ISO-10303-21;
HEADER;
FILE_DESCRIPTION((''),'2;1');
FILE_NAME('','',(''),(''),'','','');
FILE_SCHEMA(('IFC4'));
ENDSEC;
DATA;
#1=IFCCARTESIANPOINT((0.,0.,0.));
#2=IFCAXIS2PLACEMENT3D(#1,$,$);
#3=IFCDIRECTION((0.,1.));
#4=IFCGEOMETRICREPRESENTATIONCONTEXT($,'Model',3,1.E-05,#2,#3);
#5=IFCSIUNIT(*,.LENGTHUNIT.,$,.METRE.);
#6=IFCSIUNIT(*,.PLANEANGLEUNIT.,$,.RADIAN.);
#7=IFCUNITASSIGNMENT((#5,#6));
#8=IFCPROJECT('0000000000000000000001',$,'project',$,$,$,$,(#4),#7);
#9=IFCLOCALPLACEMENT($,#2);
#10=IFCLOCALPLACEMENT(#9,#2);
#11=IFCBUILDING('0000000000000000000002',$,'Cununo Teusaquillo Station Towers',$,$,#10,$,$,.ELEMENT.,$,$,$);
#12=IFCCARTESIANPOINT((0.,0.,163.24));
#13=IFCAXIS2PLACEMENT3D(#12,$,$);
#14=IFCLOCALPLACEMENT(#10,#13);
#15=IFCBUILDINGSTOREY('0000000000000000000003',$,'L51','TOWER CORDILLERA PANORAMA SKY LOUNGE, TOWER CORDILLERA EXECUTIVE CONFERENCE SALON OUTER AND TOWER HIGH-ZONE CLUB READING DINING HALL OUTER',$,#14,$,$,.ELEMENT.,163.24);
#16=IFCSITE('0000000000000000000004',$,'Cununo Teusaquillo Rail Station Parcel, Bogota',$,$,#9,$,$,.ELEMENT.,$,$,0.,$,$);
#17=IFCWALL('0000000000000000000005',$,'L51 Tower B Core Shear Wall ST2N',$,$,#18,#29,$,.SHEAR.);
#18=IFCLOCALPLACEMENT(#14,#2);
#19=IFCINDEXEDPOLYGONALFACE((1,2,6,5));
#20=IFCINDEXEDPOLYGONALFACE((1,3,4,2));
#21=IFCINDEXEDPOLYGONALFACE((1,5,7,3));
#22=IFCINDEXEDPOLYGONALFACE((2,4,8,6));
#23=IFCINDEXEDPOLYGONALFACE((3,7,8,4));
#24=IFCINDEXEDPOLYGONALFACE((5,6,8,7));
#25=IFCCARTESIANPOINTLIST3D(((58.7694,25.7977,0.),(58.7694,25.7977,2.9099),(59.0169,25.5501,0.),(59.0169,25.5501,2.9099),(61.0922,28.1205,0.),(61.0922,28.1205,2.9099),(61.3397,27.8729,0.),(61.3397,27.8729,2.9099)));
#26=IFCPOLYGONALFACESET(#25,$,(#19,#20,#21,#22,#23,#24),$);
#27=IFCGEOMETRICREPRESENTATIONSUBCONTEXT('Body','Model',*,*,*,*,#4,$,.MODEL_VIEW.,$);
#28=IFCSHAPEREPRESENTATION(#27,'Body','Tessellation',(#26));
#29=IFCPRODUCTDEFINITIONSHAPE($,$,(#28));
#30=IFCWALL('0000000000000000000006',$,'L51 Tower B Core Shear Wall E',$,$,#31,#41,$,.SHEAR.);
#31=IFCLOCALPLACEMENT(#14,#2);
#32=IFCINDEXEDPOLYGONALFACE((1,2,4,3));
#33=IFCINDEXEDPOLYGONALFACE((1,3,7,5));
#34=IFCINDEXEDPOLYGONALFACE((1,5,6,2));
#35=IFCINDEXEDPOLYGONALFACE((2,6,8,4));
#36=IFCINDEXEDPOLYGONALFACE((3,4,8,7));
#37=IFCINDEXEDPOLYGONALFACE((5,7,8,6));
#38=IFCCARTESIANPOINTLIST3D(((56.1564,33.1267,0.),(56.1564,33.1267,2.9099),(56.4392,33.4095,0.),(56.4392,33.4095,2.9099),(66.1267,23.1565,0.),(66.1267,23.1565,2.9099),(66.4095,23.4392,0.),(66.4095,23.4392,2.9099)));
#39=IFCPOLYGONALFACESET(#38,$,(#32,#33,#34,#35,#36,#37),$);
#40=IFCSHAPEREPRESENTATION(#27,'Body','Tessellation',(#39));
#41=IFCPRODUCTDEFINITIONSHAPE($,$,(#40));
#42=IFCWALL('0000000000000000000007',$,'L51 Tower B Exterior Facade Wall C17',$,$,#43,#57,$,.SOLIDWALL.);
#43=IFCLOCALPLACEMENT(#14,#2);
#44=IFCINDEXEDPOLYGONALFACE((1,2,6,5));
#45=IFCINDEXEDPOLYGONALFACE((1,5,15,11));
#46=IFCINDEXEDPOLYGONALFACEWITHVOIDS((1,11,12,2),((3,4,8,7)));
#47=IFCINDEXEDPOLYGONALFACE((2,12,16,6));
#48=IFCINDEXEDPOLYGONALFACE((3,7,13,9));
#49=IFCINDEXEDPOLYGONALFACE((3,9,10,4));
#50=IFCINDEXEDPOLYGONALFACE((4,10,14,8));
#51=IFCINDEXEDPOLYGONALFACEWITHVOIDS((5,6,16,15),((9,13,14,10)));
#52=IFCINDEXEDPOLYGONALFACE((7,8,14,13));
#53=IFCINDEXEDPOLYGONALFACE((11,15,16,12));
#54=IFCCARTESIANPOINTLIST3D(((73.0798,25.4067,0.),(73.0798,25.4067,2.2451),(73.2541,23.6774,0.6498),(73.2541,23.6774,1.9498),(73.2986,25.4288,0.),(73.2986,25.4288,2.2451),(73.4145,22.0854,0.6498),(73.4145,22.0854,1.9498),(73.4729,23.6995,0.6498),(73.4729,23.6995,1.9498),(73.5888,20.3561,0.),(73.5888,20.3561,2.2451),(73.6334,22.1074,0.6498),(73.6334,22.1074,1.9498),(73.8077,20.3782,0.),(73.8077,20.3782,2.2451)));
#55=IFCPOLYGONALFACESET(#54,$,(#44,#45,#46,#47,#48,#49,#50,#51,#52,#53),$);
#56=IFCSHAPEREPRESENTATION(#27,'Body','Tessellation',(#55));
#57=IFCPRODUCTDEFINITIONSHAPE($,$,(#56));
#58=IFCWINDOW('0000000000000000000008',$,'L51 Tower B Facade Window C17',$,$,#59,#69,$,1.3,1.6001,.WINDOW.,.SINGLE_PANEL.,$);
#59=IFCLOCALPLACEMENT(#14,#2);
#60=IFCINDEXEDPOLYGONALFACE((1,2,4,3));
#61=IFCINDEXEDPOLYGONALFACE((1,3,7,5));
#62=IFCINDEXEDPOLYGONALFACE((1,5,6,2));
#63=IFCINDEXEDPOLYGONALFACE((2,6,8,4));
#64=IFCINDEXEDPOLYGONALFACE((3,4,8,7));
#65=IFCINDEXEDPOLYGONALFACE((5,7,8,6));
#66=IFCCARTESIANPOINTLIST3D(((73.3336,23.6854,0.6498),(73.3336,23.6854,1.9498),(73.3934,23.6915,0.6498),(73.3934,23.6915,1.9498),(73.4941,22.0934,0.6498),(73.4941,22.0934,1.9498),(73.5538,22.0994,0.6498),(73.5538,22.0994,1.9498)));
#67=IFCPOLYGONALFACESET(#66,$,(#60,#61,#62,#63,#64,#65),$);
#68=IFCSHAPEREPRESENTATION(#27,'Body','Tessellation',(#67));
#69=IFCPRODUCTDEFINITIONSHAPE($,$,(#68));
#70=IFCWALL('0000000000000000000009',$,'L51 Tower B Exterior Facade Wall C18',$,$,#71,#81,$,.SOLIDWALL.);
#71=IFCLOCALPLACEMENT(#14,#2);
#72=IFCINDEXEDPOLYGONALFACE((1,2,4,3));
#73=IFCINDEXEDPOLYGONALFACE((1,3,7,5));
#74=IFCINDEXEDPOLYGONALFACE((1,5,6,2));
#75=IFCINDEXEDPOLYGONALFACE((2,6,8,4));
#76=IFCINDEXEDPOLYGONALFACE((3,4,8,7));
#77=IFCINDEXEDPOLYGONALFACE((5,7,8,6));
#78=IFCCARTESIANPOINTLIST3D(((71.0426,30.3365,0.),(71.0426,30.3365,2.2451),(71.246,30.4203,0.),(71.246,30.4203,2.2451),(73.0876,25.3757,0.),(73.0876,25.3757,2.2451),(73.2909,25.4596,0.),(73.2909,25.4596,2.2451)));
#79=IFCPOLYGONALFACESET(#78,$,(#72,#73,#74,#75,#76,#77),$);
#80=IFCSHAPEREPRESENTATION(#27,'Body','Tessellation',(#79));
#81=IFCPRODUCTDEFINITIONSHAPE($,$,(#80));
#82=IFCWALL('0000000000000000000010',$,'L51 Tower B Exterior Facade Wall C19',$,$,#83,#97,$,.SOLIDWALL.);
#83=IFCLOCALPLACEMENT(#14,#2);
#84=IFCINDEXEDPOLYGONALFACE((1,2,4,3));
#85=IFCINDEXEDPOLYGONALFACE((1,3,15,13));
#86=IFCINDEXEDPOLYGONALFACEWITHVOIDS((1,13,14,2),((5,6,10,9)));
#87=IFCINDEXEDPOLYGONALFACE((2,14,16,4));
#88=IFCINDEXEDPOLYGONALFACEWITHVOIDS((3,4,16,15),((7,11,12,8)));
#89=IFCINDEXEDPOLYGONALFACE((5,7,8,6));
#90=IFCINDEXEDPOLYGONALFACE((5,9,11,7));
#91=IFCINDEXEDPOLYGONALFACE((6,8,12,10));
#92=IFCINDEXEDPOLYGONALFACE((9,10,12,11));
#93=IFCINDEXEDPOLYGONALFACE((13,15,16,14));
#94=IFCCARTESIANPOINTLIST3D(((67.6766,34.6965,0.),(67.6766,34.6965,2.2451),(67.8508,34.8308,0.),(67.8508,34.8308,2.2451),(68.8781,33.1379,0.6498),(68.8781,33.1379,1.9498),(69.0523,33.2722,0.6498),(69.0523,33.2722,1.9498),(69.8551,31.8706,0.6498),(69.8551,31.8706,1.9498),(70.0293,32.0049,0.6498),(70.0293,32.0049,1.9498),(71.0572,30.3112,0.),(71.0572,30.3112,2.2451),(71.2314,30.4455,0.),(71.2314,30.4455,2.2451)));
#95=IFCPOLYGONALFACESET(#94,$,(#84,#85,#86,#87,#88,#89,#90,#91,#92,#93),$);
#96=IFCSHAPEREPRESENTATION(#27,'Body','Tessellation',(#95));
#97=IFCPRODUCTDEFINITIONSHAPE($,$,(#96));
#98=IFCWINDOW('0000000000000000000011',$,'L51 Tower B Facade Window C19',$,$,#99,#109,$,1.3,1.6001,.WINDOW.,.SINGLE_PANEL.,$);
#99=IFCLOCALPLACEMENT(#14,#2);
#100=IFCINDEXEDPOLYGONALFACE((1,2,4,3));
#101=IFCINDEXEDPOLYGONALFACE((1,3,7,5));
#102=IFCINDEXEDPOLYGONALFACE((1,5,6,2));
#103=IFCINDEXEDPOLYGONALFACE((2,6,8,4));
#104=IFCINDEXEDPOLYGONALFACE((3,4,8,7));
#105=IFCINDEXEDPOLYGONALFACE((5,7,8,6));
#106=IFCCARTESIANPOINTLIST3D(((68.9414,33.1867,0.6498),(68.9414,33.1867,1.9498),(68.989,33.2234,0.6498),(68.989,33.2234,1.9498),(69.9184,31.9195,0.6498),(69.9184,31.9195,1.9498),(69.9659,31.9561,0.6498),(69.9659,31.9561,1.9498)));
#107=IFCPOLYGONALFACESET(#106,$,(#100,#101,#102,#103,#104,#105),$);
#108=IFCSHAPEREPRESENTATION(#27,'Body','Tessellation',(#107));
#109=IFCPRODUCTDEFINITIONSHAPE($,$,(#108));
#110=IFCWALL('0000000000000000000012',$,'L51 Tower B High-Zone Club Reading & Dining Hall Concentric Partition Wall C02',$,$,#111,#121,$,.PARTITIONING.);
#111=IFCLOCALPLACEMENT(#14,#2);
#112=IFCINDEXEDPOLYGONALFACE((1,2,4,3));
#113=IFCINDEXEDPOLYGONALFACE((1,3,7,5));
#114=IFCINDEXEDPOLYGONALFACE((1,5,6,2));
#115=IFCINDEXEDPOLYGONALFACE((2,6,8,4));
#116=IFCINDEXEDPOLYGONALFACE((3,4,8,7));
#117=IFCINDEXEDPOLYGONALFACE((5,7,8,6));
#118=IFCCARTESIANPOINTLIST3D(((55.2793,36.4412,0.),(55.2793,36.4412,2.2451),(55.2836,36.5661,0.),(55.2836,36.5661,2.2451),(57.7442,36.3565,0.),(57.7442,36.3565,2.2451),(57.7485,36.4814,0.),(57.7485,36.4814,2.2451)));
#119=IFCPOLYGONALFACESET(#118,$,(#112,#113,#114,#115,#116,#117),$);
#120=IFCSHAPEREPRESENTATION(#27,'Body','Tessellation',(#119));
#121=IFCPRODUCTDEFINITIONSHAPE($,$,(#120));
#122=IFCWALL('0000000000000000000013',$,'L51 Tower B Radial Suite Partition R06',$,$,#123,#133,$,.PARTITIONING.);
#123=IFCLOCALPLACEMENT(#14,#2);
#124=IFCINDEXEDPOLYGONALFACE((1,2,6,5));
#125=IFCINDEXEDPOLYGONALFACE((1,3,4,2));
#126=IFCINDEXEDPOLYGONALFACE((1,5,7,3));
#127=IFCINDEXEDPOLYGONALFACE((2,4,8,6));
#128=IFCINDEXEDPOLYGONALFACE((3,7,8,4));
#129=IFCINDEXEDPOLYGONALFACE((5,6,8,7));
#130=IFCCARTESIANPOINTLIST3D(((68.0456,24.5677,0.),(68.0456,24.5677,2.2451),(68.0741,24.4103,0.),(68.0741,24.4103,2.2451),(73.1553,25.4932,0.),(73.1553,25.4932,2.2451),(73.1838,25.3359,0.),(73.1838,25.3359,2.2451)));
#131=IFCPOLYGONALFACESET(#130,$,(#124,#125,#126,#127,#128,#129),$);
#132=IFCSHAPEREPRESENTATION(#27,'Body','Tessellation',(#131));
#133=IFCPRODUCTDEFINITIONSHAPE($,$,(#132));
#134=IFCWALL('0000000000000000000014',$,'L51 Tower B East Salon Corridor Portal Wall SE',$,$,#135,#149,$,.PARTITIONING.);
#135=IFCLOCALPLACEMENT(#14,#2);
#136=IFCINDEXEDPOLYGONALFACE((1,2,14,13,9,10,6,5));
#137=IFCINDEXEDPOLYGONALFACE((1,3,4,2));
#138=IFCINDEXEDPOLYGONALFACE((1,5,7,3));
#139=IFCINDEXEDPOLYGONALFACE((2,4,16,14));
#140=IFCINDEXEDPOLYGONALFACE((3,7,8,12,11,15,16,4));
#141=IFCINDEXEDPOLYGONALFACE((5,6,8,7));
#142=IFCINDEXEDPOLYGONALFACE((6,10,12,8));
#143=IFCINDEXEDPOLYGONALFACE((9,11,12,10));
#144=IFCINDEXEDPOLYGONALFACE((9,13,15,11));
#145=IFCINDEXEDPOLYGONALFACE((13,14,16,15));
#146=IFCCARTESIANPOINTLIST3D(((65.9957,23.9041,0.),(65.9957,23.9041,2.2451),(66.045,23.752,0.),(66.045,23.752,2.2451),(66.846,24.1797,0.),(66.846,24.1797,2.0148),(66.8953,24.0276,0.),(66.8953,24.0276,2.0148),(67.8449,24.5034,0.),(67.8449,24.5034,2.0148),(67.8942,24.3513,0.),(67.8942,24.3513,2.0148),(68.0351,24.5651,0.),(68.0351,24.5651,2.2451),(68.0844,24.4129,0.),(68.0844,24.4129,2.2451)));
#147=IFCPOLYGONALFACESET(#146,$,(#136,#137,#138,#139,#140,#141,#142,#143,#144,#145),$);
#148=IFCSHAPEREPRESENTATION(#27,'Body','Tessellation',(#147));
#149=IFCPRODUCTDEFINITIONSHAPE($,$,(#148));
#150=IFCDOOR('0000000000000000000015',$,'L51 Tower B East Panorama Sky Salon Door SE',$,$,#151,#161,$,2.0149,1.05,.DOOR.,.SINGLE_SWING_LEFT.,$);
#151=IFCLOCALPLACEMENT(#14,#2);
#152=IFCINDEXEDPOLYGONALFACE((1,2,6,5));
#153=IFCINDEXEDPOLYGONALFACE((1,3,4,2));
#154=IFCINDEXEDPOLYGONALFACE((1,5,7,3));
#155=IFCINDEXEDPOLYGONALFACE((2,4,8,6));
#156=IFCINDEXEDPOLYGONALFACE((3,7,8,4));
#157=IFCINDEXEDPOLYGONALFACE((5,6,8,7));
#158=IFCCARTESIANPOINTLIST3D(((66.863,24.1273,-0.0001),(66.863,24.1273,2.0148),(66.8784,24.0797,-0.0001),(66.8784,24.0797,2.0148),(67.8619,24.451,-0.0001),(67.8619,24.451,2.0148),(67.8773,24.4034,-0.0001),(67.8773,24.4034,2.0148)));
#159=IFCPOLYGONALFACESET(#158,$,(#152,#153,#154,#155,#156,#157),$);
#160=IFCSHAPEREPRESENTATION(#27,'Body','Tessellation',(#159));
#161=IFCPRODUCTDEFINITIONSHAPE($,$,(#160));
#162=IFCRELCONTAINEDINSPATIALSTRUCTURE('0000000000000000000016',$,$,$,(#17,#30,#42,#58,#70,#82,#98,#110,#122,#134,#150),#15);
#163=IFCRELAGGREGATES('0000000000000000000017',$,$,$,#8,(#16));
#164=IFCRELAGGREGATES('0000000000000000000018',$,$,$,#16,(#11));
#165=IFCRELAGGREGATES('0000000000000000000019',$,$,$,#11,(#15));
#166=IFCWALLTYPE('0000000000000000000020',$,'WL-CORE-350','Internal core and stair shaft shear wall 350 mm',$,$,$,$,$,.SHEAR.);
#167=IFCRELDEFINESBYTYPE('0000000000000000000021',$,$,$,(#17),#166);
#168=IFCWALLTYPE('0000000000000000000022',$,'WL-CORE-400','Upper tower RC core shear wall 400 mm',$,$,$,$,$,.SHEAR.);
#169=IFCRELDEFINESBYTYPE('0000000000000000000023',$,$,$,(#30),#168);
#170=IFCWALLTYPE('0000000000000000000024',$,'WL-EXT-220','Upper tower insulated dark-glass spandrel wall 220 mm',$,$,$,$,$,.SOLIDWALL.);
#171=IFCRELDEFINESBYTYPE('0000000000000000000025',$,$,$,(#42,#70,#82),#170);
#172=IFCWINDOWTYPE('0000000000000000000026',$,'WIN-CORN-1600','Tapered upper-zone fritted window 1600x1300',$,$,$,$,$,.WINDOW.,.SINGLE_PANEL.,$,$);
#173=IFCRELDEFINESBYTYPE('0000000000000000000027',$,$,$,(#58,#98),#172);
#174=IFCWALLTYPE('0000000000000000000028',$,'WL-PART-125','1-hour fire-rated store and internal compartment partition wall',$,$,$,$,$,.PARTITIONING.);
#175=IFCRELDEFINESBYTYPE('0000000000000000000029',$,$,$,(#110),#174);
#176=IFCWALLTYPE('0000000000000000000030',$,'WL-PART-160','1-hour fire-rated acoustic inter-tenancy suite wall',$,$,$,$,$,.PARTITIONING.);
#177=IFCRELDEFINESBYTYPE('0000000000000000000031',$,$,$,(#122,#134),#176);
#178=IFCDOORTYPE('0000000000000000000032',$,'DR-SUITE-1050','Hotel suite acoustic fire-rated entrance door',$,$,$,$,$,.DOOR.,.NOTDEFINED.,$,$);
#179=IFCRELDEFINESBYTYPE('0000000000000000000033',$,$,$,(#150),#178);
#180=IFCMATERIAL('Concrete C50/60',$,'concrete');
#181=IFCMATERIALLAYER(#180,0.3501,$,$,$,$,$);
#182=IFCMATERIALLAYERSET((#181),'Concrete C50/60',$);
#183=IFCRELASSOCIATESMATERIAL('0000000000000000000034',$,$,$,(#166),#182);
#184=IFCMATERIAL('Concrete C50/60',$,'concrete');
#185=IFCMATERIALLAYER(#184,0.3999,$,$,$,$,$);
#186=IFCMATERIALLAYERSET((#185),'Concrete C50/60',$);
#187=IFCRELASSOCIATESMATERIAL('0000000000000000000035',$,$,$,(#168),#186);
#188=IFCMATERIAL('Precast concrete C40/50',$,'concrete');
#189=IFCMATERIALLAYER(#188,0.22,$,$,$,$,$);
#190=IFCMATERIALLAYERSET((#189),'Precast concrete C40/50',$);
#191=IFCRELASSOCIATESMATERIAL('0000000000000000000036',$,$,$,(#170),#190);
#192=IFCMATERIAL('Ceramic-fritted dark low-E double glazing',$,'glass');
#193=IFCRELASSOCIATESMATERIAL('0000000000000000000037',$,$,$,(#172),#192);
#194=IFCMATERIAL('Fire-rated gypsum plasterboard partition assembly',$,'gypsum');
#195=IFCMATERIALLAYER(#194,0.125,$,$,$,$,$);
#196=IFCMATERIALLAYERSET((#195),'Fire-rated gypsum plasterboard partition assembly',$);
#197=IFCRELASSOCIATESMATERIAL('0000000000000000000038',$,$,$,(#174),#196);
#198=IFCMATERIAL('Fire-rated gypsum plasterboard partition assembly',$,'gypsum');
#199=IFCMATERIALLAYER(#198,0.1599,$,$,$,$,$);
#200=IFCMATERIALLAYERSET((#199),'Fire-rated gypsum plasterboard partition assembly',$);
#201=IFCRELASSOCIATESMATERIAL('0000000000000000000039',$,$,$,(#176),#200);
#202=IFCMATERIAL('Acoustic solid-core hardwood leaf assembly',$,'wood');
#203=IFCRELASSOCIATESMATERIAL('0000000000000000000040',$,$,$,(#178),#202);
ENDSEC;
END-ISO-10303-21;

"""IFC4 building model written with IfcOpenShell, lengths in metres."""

from ifc_helpers import new_model, si_unit, direction, frame, frame_2d, origin, place, context, subcontext, project, spatial, rectangle, extrude, source, transform, mapped, material, layer, layer_set, type_object, element, fill, save


model = new_model("IFC4")

# Units and contexts
model_context = context("Model", 3, precision=1e-05, world=origin(), true_north=direction((0.0, 1.0)))
body_context = subcontext(model_context, "Body", "Model", "MODEL_VIEW")
ifc_project = project(units=[si_unit("LENGTHUNIT", "METRE"), si_unit("PLANEANGLEUNIT", "RADIAN")], contexts=[model_context])

# Site, building, storey
site_placement = place(None, origin())
site = spatial("IfcSite", under=ifc_project, at=site_placement, Name="Cununo Teusaquillo Rail Station Parcel, Bogota", CompositionType="ELEMENT", RefElevation=0.0)
building_placement = place(site_placement, origin())
building = spatial("IfcBuilding", under=site, at=building_placement, Name="Cununo Teusaquillo Station Towers", CompositionType="ELEMENT")
storey_placement = place(building_placement, frame((0.0, 0.0, 163.24)))
storey = spatial("IfcBuildingStorey", under=building, at=storey_placement, Name="L51", Description="TOWER CORDILLERA PANORAMA SKY LOUNGE, TOWER CORDILLERA EXECUTIVE CONFERENCE SALON OUTER AND TOWER HIGH-ZONE CLUB READING DINING HALL OUTER", CompositionType="ELEMENT", Elevation=163.24)

# Walls
ifc_material_1 = material(Name="Concrete C50/60", Category="concrete")
ifc_layer_1 = layer(ifc_material_1, 0.3501)
ifc_layer_set_1 = layer_set([ifc_layer_1], Name="Concrete C50/60")
wall_type_1 = type_object("IfcWallType", Name="WL-CORE-350", Description="Internal core and stair shaft shear wall 350 mm", PredefinedType="SHEAR", material=ifc_layer_set_1)
wall_1_placement = place(storey_placement, frame((58.8931, 25.6738, 0.0), z_axis=(0.0, 0.0, 1.0), x_axis=(0.707107, 0.707107, 0.0)))
element("IfcWall", 1, at=wall_1_placement, inside=storey, type_object=wall_type_1, Name="L51 Tower B Core Shear Wall ST2N", PredefinedType="SHEAR", context=body_context, shape_type="SweptSolid", body=[
    extrude(rectangle(XDim=3.2849, YDim=0.3501, at=frame_2d((1.6426, 0.0))), origin(), (0.0, 0.0, 1.0), 2.9099),
])
ifc_material_2 = material(Name="Concrete C50/60", Category="concrete")
ifc_layer_2 = layer(ifc_material_2, 0.3999)
ifc_layer_set_2 = layer_set([ifc_layer_2], Name="Concrete C50/60")
wall_type_2 = type_object("IfcWallType", Name="WL-CORE-400", Description="Upper tower RC core shear wall 400 mm", PredefinedType="SHEAR", material=ifc_layer_set_2)
wall_2_placement = place(storey_placement, frame((66.2681, 23.2979, 0.0), z_axis=(0.0, 0.0, 1.0), x_axis=(-0.707107, 0.707107, 0.0)))
element("IfcWall", 2, at=wall_2_placement, inside=storey, type_object=wall_type_2, Name="L51 Tower B Core Shear Wall E", PredefinedType="SHEAR", context=body_context, shape_type="SweptSolid", body=[
    extrude(rectangle(XDim=14.1001, YDim=0.3999, at=frame_2d((7.05, 0.0))), origin(), (0.0, 0.0, 1.0), 2.9099),
])

# Wall, opening, window
ifc_material_3 = material(Name="Precast concrete C40/50", Category="concrete")
ifc_layer_3 = layer(ifc_material_3, 0.22)
ifc_layer_set_3 = layer_set([ifc_layer_3], Name="Precast concrete C40/50")
wall_type_3 = type_object("IfcWallType", Name="WL-EXT-220", Description="Upper tower insulated dark-glass spandrel wall 220 mm", PredefinedType="SOLIDWALL", material=ifc_layer_set_3)
wall_3_placement = place(storey_placement, frame((73.1892, 25.4177, 0.0), z_axis=(0.0, 0.0, 1.0), x_axis=(0.10028, -0.994959, 0.0)))
wall_3 = element("IfcWall", 3, at=wall_3_placement, inside=storey, type_object=wall_type_3, Name="L51 Tower B Exterior Facade Wall C17", PredefinedType="SOLIDWALL", context=body_context, shape_type="SweptSolid", body=[
    extrude(rectangle(XDim=5.0762, YDim=0.22, at=frame_2d((2.5381, 0.0))), origin(), (0.0, 0.0, 1.0), 2.2451),
])
shared_shape_1 = source(origin(), body_context, "Body", "SweptSolid", [
    extrude(rectangle(XDim=1.6001, YDim=1.3, at=frame_2d((0.8, 0.6499))), frame((0.0, 0.1199, 0.0), z_axis=(0.0, -1.0, 0.0), x_axis=(1.0, 0.0, 0.0)), (0.0, 0.0, 1.0), 0.24),
])
opening_1_placement = place(wall_3_placement, frame((1.738, 0.0, 0.6499)))
opening_1 = element("IfcOpeningElement", 4, at=opening_1_placement, cuts=wall_3, PredefinedType="OPENING", context=body_context, shape_type="MappedRepresentation", body=[
    mapped(shared_shape_1, transform((0.0, 0.0, 0.0), x_axis=(1.0, 0.0, 0.0), y_axis=(0.0, 1.0, 0.0), z_axis=(0.0, 0.0, 1.0), scale=1.0)),
])
ifc_material_4 = material(Name="Ceramic-fritted dark low-E double glazing", Category="glass")
window_type = type_object("IfcWindowType", Name="WIN-CORN-1600", Description="Tapered upper-zone fritted window 1600x1300", PartitioningType="SINGLE_PANEL", PredefinedType="WINDOW", material=ifc_material_4)
shared_shape_2 = source(origin(), body_context, "Body", "SweptSolid", [
    extrude(rectangle(XDim=1.6001, YDim=1.3, at=frame_2d((0.8, 0.6499))), frame((0.0, 0.03, 0.0), z_axis=(0.0, -1.0, 0.0), x_axis=(1.0, 0.0, 0.0)), (0.0, 0.0, 1.0), 0.0601),
])
window_1_placement = place(opening_1_placement, origin())
window_1 = element("IfcWindow", 5, at=window_1_placement, inside=storey, type_object=window_type, Name="L51 Tower B Facade Window C17", OverallHeight=1.3, OverallWidth=1.6001, PartitioningType="SINGLE_PANEL", PredefinedType="WINDOW", context=body_context, shape_type="MappedRepresentation", body=[
    mapped(shared_shape_2, transform((0.0, 0.0, 0.0), x_axis=(1.0, 0.0, 0.0), y_axis=(0.0, 1.0, 0.0), z_axis=(0.0, 0.0, 1.0), scale=1.0)),
])
fill(opening_1, window_1)

# Wall
wall_4_placement = place(storey_placement, frame((71.1443, 30.3784, 0.0), z_axis=(0.0, 0.0, 1.0), x_axis=(0.381114, -0.924528, 0.0)))
element("IfcWall", 6, at=wall_4_placement, inside=storey, type_object=wall_type_3, Name="L51 Tower B Exterior Facade Wall C18", PredefinedType="SOLIDWALL", context=body_context, shape_type="SweptSolid", body=[
    extrude(rectangle(XDim=5.3657, YDim=0.22, at=frame_2d((2.6829, 0.0))), origin(), (0.0, 0.0, 1.0), 2.2451),
])

# Wall, opening, window
wall_5_placement = place(storey_placement, frame((67.7637, 34.7637, 0.0), z_axis=(0.0, 0.0, 1.0), x_axis=(0.610544, -0.791983, 0.0)))
wall_5 = element("IfcWall", 7, at=wall_5_placement, inside=storey, type_object=wall_type_3, Name="L51 Tower B Exterior Facade Wall C19", PredefinedType="SOLIDWALL", context=body_context, shape_type="SweptSolid", body=[
    extrude(rectangle(XDim=5.5371, YDim=0.22, at=frame_2d((2.7686, 0.0))), origin(), (0.0, 0.0, 1.0), 2.2451),
])
opening_2_placement = place(wall_5_placement, frame((1.968, 0.0, 0.6499)))
opening_2 = element("IfcOpeningElement", 8, at=opening_2_placement, cuts=wall_5, PredefinedType="OPENING", context=body_context, shape_type="MappedRepresentation", body=[
    mapped(shared_shape_1, transform((0.0, 0.0, 0.0), x_axis=(1.0, 0.0, 0.0), y_axis=(0.0, 1.0, 0.0), z_axis=(0.0, 0.0, 1.0), scale=1.0)),
])
window_2_placement = place(opening_2_placement, origin())
window_2 = element("IfcWindow", 9, at=window_2_placement, inside=storey, type_object=window_type, Name="L51 Tower B Facade Window C19", OverallHeight=1.3, OverallWidth=1.6001, PartitioningType="SINGLE_PANEL", PredefinedType="WINDOW", context=body_context, shape_type="MappedRepresentation", body=[
    mapped(shared_shape_2, transform((0.0, 0.0, 0.0), x_axis=(1.0, 0.0, 0.0), y_axis=(0.0, 1.0, 0.0), z_axis=(0.0, 0.0, 1.0), scale=1.0)),
])
fill(opening_2, window_2)

# Walls
ifc_material_5 = material(Name="Fire-rated gypsum plasterboard partition assembly", Category="gypsum")
ifc_layer_4 = layer(ifc_material_5, 0.125)
ifc_layer_set_4 = layer_set([ifc_layer_4], Name="Fire-rated gypsum plasterboard partition assembly")
wall_type_4 = type_object("IfcWallType", Name="WL-PART-125", Description="1-hour fire-rated store and internal compartment partition wall", PredefinedType="PARTITIONING", material=ifc_layer_set_4)
wall_6_placement = place(storey_placement, frame((57.7463, 36.4189, 0.0), z_axis=(0.0, 0.0, 1.0), x_axis=(-0.99941, 0.03435, 0.0)))
element("IfcWall", 10, at=wall_6_placement, inside=storey, type_object=wall_type_4, Name="L51 Tower B High-Zone Club Reading & Dining Hall Concentric Partition Wall C02", PredefinedType="PARTITIONING", context=body_context, shape_type="SweptSolid", body=[
    extrude(rectangle(XDim=2.4663, YDim=0.125, at=frame_2d((1.2332, 0.0))), origin(), (0.0, 0.0, 1.0), 2.2451),
])
ifc_material_6 = material(Name="Fire-rated gypsum plasterboard partition assembly", Category="gypsum")
ifc_layer_5 = layer(ifc_material_6, 0.1599)
ifc_layer_set_5 = layer_set([ifc_layer_5], Name="Fire-rated gypsum plasterboard partition assembly")
wall_type_5 = type_object("IfcWallType", Name="WL-PART-160", Description="1-hour fire-rated acoustic inter-tenancy suite wall", PredefinedType="PARTITIONING", material=ifc_layer_set_5)
wall_7_placement = place(storey_placement, frame((68.0598, 24.489, 0.0), z_axis=(0.0, 0.0, 1.0), x_axis=(0.983988, 0.178236, 0.0)))
element("IfcWall", 11, at=wall_7_placement, inside=storey, type_object=wall_type_5, Name="L51 Tower B Radial Suite Partition R06", PredefinedType="PARTITIONING", context=body_context, shape_type="SweptSolid", body=[
    extrude(rectangle(XDim=5.1929, YDim=0.1599, at=frame_2d((2.5964, 0.0))), origin(), (0.0, 0.0, 1.0), 2.2451),
])

# Wall, opening, door
wall_8_placement = place(storey_placement, frame((66.0205, 23.8281, 0.0), z_axis=(0.0, 0.0, 1.0), x_axis=(0.951292, 0.30829, 0.0)))
wall_8 = element("IfcWall", 12, at=wall_8_placement, inside=storey, type_object=wall_type_5, Name="L51 Tower B East Salon Corridor Portal Wall SE", PredefinedType="PARTITIONING", context=body_context, shape_type="SweptSolid", body=[
    extrude(rectangle(XDim=2.1438, YDim=0.1599, at=frame_2d((1.0718, 0.0))), origin(), (0.0, 0.0, 1.0), 2.2451),
])
shared_shape_3 = source(origin(), body_context, "Body", "SweptSolid", [
    extrude(rectangle(XDim=1.05, YDim=2.0149, at=frame_2d((0.5249, 1.0073))), frame((0.0, 0.0898, 0.0), z_axis=(0.0, -1.0, 0.0), x_axis=(1.0, 0.0, 0.0)), (0.0, 0.0, 1.0), 0.1799),
])
opening_3_placement = place(wall_8_placement, frame((0.8938, 0.0, 0.0)))
opening_3 = element("IfcOpeningElement", 13, at=opening_3_placement, cuts=wall_8, PredefinedType="OPENING", context=body_context, shape_type="MappedRepresentation", body=[
    mapped(shared_shape_3, transform((0.0, 0.0, 0.0), x_axis=(1.0, 0.0, 0.0), y_axis=(0.0, 1.0, 0.0), z_axis=(0.0, 0.0, 1.0), scale=1.0)),
])
ifc_material_7 = material(Name="Acoustic solid-core hardwood leaf assembly", Category="wood")
door_type = type_object("IfcDoorType", Name="DR-SUITE-1050", Description="Hotel suite acoustic fire-rated entrance door", OperationType="NOTDEFINED", PredefinedType="DOOR", material=ifc_material_7)
shared_shape_4 = source(origin(), body_context, "Body", "SweptSolid", [
    extrude(rectangle(XDim=1.05, YDim=2.0149, at=frame_2d((0.5249, 1.0073))), frame((0.0, 0.0249, 0.0), z_axis=(0.0, -1.0, 0.0), x_axis=(1.0, 0.0, 0.0)), (0.0, 0.0, 1.0), 0.05),
])
door_placement = place(opening_3_placement, origin())
door = element("IfcDoor", 14, at=door_placement, inside=storey, type_object=door_type, Name="L51 Tower B East Panorama Sky Salon Door SE", OperationType="SINGLE_SWING_LEFT", OverallHeight=2.0149, OverallWidth=1.05, PredefinedType="DOOR", context=body_context, shape_type="MappedRepresentation", body=[
    mapped(shared_shape_4, transform((0.0, 0.0, 0.0), x_axis=(1.0, 0.0, 0.0), y_axis=(0.0, 1.0, 0.0), z_axis=(0.0, 0.0, 1.0), scale=1.0)),
])
fill(opening_3, door)

save(model, "model.ifc")
